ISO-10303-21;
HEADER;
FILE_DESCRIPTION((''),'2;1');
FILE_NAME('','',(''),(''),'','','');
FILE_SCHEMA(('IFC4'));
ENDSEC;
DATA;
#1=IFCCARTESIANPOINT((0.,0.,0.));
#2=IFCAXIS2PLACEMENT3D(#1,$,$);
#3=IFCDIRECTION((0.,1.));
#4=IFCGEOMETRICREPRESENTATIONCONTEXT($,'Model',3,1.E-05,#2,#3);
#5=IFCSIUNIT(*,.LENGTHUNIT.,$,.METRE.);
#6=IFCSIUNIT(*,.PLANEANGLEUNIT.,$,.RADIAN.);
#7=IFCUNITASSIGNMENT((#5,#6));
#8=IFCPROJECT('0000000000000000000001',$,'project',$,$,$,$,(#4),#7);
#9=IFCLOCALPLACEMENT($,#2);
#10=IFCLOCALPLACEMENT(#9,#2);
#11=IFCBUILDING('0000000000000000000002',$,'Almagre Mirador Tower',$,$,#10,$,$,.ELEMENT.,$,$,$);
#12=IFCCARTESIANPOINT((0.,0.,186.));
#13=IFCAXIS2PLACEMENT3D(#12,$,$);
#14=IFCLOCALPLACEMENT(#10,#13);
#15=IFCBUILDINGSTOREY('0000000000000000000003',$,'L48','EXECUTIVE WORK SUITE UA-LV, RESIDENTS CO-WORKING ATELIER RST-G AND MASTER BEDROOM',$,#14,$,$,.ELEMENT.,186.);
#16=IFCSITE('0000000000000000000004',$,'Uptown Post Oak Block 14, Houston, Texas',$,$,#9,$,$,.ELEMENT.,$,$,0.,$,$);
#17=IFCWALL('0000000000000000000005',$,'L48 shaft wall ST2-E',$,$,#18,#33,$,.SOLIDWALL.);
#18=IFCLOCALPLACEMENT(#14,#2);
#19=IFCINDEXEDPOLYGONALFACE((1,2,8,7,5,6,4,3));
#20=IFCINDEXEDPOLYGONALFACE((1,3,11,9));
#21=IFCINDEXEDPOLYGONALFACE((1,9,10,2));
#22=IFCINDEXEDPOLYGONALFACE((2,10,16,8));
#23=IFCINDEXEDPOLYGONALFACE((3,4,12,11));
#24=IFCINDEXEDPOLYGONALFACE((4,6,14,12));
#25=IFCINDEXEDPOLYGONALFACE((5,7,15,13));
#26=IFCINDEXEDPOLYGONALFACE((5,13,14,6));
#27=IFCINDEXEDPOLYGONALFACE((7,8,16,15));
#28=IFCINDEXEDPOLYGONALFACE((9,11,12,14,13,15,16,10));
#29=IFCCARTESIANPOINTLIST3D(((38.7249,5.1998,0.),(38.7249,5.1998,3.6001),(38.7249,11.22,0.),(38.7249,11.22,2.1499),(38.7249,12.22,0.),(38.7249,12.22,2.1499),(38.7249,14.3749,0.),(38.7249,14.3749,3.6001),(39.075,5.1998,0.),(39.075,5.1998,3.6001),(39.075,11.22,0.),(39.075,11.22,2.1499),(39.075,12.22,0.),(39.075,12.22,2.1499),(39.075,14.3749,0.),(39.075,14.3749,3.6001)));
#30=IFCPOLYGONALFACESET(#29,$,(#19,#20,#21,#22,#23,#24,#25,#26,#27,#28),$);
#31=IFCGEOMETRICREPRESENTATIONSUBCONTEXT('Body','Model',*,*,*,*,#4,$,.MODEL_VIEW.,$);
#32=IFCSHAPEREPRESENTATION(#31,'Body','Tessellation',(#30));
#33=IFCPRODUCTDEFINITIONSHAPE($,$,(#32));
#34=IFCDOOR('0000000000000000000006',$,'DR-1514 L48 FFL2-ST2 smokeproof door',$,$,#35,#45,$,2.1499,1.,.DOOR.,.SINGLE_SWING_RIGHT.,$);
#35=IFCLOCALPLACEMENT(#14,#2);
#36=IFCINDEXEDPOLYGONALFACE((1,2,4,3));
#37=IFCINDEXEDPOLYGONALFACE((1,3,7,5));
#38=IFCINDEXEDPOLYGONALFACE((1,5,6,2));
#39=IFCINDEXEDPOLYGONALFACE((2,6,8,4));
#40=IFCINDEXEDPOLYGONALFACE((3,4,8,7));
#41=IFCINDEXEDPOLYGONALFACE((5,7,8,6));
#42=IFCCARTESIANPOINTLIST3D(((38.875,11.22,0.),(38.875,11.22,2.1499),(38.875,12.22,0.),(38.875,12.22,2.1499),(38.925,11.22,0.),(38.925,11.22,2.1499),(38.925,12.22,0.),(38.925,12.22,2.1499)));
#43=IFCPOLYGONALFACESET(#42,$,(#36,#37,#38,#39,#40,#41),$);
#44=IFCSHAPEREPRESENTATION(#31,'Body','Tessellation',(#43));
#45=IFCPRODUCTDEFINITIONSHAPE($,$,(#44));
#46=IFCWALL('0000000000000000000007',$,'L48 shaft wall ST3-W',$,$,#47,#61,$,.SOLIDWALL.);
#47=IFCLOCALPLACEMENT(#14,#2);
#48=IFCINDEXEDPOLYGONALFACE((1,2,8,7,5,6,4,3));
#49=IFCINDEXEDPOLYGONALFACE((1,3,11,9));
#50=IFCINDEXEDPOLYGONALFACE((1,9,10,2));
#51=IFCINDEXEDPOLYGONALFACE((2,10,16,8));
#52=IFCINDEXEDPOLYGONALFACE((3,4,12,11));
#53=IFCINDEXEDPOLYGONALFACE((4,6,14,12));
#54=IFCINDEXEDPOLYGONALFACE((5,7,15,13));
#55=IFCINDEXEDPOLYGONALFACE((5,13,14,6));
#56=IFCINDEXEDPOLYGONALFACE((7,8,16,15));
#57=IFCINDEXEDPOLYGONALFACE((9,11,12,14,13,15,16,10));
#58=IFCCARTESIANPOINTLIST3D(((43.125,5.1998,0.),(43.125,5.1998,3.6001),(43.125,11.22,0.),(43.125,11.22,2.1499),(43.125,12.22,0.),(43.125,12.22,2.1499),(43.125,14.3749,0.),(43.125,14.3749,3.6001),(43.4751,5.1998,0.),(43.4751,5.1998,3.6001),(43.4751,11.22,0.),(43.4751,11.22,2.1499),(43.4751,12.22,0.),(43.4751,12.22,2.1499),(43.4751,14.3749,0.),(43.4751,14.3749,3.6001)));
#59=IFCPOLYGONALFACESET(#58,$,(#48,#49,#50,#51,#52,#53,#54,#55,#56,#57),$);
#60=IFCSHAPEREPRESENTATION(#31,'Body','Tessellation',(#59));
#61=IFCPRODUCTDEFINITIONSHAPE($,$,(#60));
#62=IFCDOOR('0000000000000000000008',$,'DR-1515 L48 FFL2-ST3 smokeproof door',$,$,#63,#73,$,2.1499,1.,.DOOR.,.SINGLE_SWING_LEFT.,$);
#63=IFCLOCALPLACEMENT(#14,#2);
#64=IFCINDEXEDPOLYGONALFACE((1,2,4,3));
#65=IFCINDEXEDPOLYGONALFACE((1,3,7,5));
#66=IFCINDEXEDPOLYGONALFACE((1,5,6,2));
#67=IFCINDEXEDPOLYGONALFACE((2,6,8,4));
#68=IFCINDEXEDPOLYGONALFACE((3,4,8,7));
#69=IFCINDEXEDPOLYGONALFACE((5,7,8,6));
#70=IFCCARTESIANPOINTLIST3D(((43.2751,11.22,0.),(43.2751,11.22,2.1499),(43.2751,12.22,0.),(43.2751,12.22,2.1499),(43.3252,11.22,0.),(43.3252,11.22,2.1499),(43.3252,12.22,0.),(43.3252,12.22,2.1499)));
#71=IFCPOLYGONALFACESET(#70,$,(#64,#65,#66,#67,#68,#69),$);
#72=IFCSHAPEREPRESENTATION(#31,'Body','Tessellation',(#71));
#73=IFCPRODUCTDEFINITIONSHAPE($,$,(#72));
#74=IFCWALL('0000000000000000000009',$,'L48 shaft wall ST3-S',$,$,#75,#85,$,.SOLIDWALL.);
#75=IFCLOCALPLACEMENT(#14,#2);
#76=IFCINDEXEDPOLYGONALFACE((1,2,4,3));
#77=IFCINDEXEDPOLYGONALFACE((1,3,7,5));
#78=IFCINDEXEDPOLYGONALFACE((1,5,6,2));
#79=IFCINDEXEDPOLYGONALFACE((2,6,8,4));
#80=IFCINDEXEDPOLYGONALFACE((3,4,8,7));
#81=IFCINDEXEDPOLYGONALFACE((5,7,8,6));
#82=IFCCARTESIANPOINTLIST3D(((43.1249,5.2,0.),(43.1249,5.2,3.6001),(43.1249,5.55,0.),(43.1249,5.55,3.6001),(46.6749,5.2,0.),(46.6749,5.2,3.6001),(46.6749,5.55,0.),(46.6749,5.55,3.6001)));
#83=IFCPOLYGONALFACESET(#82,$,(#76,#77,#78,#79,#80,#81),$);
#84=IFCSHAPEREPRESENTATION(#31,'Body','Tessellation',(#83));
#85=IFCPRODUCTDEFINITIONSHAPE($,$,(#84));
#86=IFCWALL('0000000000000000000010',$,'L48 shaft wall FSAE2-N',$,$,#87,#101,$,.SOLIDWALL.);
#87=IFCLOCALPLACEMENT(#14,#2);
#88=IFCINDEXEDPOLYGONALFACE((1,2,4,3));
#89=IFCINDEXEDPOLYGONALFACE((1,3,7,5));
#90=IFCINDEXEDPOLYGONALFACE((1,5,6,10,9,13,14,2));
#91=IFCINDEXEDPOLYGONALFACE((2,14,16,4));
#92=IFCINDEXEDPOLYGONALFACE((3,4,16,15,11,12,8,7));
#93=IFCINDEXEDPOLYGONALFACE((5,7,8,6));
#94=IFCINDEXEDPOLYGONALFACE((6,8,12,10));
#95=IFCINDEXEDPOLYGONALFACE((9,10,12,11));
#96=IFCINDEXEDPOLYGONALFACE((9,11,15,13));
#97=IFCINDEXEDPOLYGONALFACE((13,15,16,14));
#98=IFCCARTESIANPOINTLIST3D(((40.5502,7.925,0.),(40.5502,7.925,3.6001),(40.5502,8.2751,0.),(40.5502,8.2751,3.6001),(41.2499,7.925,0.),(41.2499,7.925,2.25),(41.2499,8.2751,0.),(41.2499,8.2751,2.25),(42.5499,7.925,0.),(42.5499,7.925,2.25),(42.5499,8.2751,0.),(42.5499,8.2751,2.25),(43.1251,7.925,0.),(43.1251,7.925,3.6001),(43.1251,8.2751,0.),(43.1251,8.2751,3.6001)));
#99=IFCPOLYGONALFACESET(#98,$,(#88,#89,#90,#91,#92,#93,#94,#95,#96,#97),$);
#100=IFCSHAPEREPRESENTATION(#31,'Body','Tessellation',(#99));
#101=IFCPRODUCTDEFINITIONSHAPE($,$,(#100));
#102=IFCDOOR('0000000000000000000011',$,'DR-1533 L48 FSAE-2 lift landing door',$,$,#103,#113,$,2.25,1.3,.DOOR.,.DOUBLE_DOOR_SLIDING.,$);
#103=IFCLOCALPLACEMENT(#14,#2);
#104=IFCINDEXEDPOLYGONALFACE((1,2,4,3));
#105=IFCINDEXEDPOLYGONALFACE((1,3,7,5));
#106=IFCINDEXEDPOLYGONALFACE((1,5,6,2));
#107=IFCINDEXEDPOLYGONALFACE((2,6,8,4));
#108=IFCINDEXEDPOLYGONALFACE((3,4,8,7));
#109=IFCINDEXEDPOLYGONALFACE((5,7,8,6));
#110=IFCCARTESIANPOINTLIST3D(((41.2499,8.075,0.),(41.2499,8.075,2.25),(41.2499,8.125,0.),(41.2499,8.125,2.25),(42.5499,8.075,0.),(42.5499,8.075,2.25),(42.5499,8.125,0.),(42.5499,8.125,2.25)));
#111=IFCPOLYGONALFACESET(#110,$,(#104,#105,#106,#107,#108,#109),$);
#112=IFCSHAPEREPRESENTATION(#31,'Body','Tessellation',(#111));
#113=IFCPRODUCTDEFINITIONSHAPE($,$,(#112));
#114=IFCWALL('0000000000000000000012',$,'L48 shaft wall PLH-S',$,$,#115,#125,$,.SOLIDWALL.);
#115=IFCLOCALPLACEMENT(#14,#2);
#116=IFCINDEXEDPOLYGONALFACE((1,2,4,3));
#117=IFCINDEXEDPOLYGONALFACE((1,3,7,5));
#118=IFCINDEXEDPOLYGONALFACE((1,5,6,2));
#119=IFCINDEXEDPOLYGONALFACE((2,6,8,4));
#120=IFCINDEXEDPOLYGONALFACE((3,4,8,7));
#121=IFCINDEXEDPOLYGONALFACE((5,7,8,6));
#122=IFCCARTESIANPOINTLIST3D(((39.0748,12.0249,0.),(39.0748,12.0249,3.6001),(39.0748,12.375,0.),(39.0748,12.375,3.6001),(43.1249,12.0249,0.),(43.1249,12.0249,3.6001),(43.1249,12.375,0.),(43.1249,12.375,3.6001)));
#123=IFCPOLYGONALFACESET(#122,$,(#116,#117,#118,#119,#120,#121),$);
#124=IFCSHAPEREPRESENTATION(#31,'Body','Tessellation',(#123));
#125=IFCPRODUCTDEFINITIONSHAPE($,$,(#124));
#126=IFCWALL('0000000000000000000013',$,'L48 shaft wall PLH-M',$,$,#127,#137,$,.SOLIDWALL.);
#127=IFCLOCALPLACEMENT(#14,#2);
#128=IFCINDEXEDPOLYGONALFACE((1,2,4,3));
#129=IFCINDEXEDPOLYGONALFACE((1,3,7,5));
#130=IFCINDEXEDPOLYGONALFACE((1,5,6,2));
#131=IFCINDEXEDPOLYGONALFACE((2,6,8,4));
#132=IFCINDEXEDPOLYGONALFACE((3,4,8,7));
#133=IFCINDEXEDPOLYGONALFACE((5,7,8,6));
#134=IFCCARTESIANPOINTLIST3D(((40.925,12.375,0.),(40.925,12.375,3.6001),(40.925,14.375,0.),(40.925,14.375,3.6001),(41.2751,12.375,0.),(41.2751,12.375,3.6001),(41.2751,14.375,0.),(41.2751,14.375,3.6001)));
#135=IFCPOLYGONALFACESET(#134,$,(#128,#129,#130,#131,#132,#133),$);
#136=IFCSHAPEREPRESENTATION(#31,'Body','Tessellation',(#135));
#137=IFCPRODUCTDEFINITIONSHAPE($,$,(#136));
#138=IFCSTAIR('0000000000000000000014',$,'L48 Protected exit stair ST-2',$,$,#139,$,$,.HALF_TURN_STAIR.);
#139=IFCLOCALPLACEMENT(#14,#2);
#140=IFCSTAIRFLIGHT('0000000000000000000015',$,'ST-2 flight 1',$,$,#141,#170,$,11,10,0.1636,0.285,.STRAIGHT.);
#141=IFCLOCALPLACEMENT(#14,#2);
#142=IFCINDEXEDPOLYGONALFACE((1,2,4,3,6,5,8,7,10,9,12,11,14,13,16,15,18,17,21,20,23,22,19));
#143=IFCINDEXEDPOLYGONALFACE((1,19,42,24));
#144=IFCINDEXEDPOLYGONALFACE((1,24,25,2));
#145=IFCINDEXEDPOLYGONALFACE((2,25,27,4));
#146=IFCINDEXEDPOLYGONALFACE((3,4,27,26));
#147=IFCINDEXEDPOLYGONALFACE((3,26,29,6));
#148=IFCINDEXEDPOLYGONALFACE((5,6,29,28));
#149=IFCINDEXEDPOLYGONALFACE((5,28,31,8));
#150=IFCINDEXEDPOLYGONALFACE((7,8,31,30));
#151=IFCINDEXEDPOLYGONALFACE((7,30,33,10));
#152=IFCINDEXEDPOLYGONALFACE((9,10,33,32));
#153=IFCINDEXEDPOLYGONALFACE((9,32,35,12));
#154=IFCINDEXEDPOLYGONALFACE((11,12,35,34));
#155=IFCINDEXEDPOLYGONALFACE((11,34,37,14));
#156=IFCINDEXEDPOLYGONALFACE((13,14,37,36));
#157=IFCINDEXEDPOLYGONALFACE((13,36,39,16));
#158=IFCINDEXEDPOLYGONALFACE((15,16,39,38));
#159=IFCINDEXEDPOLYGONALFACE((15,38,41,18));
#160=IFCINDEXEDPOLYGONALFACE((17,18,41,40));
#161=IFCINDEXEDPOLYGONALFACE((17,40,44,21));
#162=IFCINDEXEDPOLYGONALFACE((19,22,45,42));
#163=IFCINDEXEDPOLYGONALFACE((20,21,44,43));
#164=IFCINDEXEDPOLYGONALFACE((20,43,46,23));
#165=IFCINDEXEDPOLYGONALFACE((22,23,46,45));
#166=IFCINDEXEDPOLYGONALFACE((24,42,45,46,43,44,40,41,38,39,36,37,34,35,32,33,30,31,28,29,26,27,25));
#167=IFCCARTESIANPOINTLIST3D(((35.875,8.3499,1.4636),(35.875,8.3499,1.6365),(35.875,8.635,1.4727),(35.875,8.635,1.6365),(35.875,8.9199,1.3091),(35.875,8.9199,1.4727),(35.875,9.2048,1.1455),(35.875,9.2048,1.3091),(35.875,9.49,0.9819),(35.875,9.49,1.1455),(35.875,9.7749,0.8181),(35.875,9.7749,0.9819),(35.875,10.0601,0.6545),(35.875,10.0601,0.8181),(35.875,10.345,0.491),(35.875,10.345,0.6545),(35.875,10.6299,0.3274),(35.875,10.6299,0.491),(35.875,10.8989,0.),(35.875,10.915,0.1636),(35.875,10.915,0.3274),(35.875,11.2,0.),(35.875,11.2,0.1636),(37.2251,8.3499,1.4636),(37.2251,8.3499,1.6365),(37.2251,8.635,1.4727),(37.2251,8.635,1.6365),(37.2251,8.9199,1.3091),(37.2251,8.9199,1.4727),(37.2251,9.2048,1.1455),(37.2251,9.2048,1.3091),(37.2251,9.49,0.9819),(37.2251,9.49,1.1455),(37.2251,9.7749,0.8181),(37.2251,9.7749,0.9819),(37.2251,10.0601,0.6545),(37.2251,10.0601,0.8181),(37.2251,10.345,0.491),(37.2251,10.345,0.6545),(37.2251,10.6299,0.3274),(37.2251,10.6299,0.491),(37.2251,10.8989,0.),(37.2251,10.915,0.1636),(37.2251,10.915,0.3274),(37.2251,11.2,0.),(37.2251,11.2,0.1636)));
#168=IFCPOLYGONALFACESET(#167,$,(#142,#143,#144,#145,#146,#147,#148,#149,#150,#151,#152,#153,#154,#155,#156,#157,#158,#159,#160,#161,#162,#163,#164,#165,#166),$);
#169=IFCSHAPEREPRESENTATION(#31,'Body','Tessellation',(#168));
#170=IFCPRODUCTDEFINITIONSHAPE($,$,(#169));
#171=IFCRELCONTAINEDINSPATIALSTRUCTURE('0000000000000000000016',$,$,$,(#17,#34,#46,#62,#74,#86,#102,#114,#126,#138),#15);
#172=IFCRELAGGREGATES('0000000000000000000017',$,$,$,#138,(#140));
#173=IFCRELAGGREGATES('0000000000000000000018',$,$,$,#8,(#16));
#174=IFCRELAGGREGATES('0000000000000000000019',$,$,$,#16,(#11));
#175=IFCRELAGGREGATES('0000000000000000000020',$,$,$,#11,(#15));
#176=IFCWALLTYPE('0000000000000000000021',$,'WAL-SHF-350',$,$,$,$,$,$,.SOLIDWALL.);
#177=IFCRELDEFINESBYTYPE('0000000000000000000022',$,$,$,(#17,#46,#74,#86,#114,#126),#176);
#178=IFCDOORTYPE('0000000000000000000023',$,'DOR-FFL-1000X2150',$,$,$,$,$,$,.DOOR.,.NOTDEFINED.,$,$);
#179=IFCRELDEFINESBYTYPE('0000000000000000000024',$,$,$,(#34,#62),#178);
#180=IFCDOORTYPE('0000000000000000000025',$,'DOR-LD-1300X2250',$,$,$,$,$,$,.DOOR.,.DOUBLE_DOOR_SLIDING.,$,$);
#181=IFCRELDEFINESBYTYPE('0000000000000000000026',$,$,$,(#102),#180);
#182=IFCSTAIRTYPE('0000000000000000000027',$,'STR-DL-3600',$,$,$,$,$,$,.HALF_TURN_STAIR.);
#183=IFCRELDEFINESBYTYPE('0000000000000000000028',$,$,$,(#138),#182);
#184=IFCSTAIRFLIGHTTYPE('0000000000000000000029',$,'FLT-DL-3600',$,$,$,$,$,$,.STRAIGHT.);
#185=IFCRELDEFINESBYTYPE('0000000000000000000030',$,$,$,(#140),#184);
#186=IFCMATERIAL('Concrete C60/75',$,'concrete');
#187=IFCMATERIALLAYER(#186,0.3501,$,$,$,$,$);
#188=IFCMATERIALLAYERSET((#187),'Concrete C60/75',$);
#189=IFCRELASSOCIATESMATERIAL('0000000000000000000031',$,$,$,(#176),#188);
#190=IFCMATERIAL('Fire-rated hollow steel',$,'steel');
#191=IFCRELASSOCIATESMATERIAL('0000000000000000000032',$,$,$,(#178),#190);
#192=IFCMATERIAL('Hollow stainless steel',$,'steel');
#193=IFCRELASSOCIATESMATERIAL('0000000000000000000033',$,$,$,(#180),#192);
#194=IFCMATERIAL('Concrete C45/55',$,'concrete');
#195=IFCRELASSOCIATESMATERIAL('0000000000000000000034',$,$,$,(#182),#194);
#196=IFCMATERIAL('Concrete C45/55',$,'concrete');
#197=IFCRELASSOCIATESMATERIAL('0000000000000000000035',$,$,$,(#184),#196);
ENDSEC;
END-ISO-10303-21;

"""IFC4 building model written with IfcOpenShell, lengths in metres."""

from ifc_helpers import new_model, si_unit, direction, frame, frame_2d, origin, place, context, subcontext, project, spatial, polyline, rectangle, outline, extrude, material, layer, layer_set, type_object, element, fill, aggregate, save


model = new_model("IFC4")

# Units and contexts
model_context = context("Model", 3, precision=1e-05, world=origin(), true_north=direction((0.0, 1.0)))
body_context = subcontext(model_context, "Body", "Model", "MODEL_VIEW")
ifc_project = project(units=[si_unit("LENGTHUNIT", "METRE"), si_unit("PLANEANGLEUNIT", "RADIAN")], contexts=[model_context])

# Site, building, storey
site_placement = place(None, origin())
site = spatial("IfcSite", under=ifc_project, at=site_placement, Name="Uptown Post Oak Block 14, Houston, Texas", CompositionType="ELEMENT", RefElevation=0.0)
building_placement = place(site_placement, origin())
building = spatial("IfcBuilding", under=site, at=building_placement, Name="Almagre Mirador Tower", CompositionType="ELEMENT")
storey_placement = place(building_placement, frame((0.0, 0.0, 186.0)))
storey = spatial("IfcBuildingStorey", under=building, at=storey_placement, Name="L48", Description="EXECUTIVE WORK SUITE UA-LV, RESIDENTS CO-WORKING ATELIER RST-G AND MASTER BEDROOM", CompositionType="ELEMENT", Elevation=186.0)

# Walls, openings, doors
ifc_material_1 = material(Name="Concrete C60/75", Category="concrete")
ifc_layer_1 = layer(ifc_material_1, 0.3501)
ifc_layer_set_1 = layer_set([ifc_layer_1], Name="Concrete C60/75")
wall_type_1 = type_object("IfcWallType", Name="WAL-SHF-350", PredefinedType="SOLIDWALL", material=ifc_layer_set_1)
wall_1_placement = place(storey_placement, frame((38.8999, 5.2, 0.0), z_axis=(0.0, 0.0, 1.0), x_axis=(0.0, 1.0, 0.0)))
wall_1 = element("IfcWall", 1, at=wall_1_placement, inside=storey, type_object=wall_type_1, Name="L48 shaft wall ST2-E", PredefinedType="SOLIDWALL", context=body_context, shape_type="SweptSolid", body=[
    extrude(rectangle(XDim=9.175, YDim=0.3501, at=frame_2d((4.5874, 0.0))), origin(), (0.0, 0.0, 1.0), 3.6001),
])
opening_1_placement = place(wall_1_placement, frame((6.02, 0.0, 0.0)))
opening_1 = element("IfcOpeningElement", 2, at=opening_1_placement, cuts=wall_1, PredefinedType="OPENING", context=body_context, shape_type="SweptSolid", body=[
    extrude(rectangle(XDim=1.0, YDim=2.1499, at=frame_2d((0.5, 1.075))), frame((0.0, 0.185, 0.0), z_axis=(0.0, -1.0, 0.0), x_axis=(1.0, 0.0, 0.0)), (0.0, 0.0, 1.0), 0.3701),
])
ifc_material_2 = material(Name="Fire-rated hollow steel", Category="steel")
door_type_1 = type_object("IfcDoorType", Name="DOR-FFL-1000X2150", OperationType="NOTDEFINED", PredefinedType="DOOR", material=ifc_material_2)
door_1_placement = place(opening_1_placement, origin())
door_1 = element("IfcDoor", 3, at=door_1_placement, inside=storey, type_object=door_type_1, Name="DR-1514 L48 FFL2-ST2 smokeproof door", OperationType="SINGLE_SWING_RIGHT", OverallHeight=2.1499, OverallWidth=1.0, PredefinedType="DOOR", context=body_context, shape_type="SweptSolid", body=[
    extrude(rectangle(XDim=1.0, YDim=2.1499, at=frame_2d((0.5, 1.075))), frame((0.0, 0.0249, 0.0), z_axis=(0.0, -1.0, 0.0), x_axis=(1.0, 0.0, 0.0)), (0.0, 0.0, 1.0), 0.05),
])
fill(opening_1, door_1)
wall_2_placement = place(storey_placement, frame((43.3, 5.2, 0.0), z_axis=(0.0, 0.0, 1.0), x_axis=(0.0, 1.0, 0.0)))
wall_2 = element("IfcWall", 4, at=wall_2_placement, inside=storey, type_object=wall_type_1, Name="L48 shaft wall ST3-W", PredefinedType="SOLIDWALL", context=body_context, shape_type="SweptSolid", body=[
    extrude(rectangle(XDim=9.175, YDim=0.3501, at=frame_2d((4.5874, 0.0))), origin(), (0.0, 0.0, 1.0), 3.6001),
])
opening_2_placement = place(wall_2_placement, frame((6.02, 0.0, 0.0)))
opening_2 = element("IfcOpeningElement", 5, at=opening_2_placement, cuts=wall_2, PredefinedType="OPENING", context=body_context, shape_type="SweptSolid", body=[
    extrude(rectangle(XDim=1.0, YDim=2.1499, at=frame_2d((0.5, 1.075))), frame((0.0, 0.185, 0.0), z_axis=(0.0, -1.0, 0.0), x_axis=(1.0, 0.0, 0.0)), (0.0, 0.0, 1.0), 0.3701),
])
door_2_placement = place(opening_2_placement, origin())
door_2 = element("IfcDoor", 6, at=door_2_placement, inside=storey, type_object=door_type_1, Name="DR-1515 L48 FFL2-ST3 smokeproof door", OperationType="SINGLE_SWING_LEFT", OverallHeight=2.1499, OverallWidth=1.0, PredefinedType="DOOR", context=body_context, shape_type="SweptSolid", body=[
    extrude(rectangle(XDim=1.0, YDim=2.1499, at=frame_2d((0.5, 1.075))), frame((0.0, 0.0249, 0.0), z_axis=(0.0, -1.0, 0.0), x_axis=(1.0, 0.0, 0.0)), (0.0, 0.0, 1.0), 0.05),
])
fill(opening_2, door_2)

# Wall
wall_3_placement = place(storey_placement, frame((43.125, 5.375, 0.0), z_axis=(0.0, 0.0, 1.0), x_axis=(1.0, 0.0, 0.0)))
element("IfcWall", 7, at=wall_3_placement, inside=storey, type_object=wall_type_1, Name="L48 shaft wall ST3-S", PredefinedType="SOLIDWALL", context=body_context, shape_type="SweptSolid", body=[
    extrude(rectangle(XDim=3.55, YDim=0.3501, at=frame_2d((1.7749, 0.0))), origin(), (0.0, 0.0, 1.0), 3.6001),
])

# Wall, opening, door
wall_4_placement = place(storey_placement, frame((40.55, 8.1001, 0.0), z_axis=(0.0, 0.0, 1.0), x_axis=(1.0, 0.0, 0.0)))
wall_4 = element("IfcWall", 8, at=wall_4_placement, inside=storey, type_object=wall_type_1, Name="L48 shaft wall FSAE2-N", PredefinedType="SOLIDWALL", context=body_context, shape_type="SweptSolid", body=[
    extrude(rectangle(XDim=2.575, YDim=0.3501, at=frame_2d((1.2876, 0.0))), origin(), (0.0, 0.0, 1.0), 3.6001),
])
opening_3_placement = place(wall_4_placement, frame((0.7, 0.0, 0.0)))
opening_3 = element("IfcOpeningElement", 9, at=opening_3_placement, cuts=wall_4, PredefinedType="OPENING", context=body_context, shape_type="SweptSolid", body=[
    extrude(rectangle(XDim=1.3, YDim=2.25, at=frame_2d((0.6499, 1.125))), frame((0.0, 0.185, 0.0), z_axis=(0.0, -1.0, 0.0), x_axis=(1.0, 0.0, 0.0)), (0.0, 0.0, 1.0), 0.3701),
])
ifc_material_3 = material(Name="Hollow stainless steel", Category="steel")
door_type_2 = type_object("IfcDoorType", Name="DOR-LD-1300X2250", OperationType="DOUBLE_DOOR_SLIDING", PredefinedType="DOOR", material=ifc_material_3)
door_3_placement = place(opening_3_placement, origin())
door_3 = element("IfcDoor", 10, at=door_3_placement, inside=storey, type_object=door_type_2, Name="DR-1533 L48 FSAE-2 lift landing door", OperationType="DOUBLE_DOOR_SLIDING", OverallHeight=2.25, OverallWidth=1.3, PredefinedType="DOOR", context=body_context, shape_type="SweptSolid", body=[
    extrude(rectangle(XDim=1.3, YDim=2.25, at=frame_2d((0.6499, 1.125))), frame((0.0, 0.0249, 0.0), z_axis=(0.0, -1.0, 0.0), x_axis=(1.0, 0.0, 0.0)), (0.0, 0.0, 1.0), 0.05),
])
fill(opening_3, door_3)

# Walls
wall_5_placement = place(storey_placement, frame((39.075, 12.2, 0.0), z_axis=(0.0, 0.0, 1.0), x_axis=(1.0, 0.0, 0.0)))
element("IfcWall", 11, at=wall_5_placement, inside=storey, type_object=wall_type_1, Name="L48 shaft wall PLH-S", PredefinedType="SOLIDWALL", context=body_context, shape_type="SweptSolid", body=[
    extrude(rectangle(XDim=4.05, YDim=0.3501, at=frame_2d((2.0249, 0.0))), origin(), (0.0, 0.0, 1.0), 3.6001),
])
wall_6_placement = place(storey_placement, frame((41.1001, 12.375, 0.0), z_axis=(0.0, 0.0, 1.0), x_axis=(0.0, 1.0, 0.0)))
element("IfcWall", 12, at=wall_6_placement, inside=storey, type_object=wall_type_1, Name="L48 shaft wall PLH-M", PredefinedType="SOLIDWALL", context=body_context, shape_type="SweptSolid", body=[
    extrude(rectangle(XDim=2.0, YDim=0.3501, at=frame_2d((1.0, 0.0))), origin(), (0.0, 0.0, 1.0), 3.6001),
])

# Stair, stair flight
ifc_material_4 = material(Name="Concrete C45/55", Category="concrete")
stair_type = type_object("IfcStairType", Name="STR-DL-3600", PredefinedType="HALF_TURN_STAIR", material=ifc_material_4)
stair_placement = place(storey_placement, origin())
stair = element("IfcStair", 13, at=stair_placement, inside=storey, type_object=stair_type, Name="L48 Protected exit stair ST-2", PredefinedType="HALF_TURN_STAIR")
ifc_material_5 = material(Name="Concrete C45/55", Category="concrete")
stair_flight_type = type_object("IfcStairFlightType", Name="FLT-DL-3600", PredefinedType="STRAIGHT", material=ifc_material_5)
stair_flight_1_placement = place(storey_placement, frame((36.55, 11.2, 0.0), z_axis=(0.0, 0.0, 1.0), x_axis=(0.0, -1.0, 0.0)))
stair_flight_1 = element("IfcStairFlight", 14, at=stair_flight_1_placement, type_object=stair_flight_type, Name="ST-2 flight 1", NumberOfRisers=11, NumberOfTreads=10, PredefinedType="STRAIGHT", RiserHeight=0.1636, TreadLength=0.285, context=body_context, shape_type="SweptSolid", body=[
    extrude(outline(polyline([(0.0, 0.0), (0.0, 0.1636), (0.2849, 0.1636), (0.2849, 0.3274), (0.5701, 0.3274), (0.5701, 0.491), (0.855, 0.491), (0.855, 0.6545), (1.1399, 0.6545), (1.1399, 0.8181), (1.425, 0.8181), (1.425, 0.9819), (1.71, 0.9819), (1.71, 1.1455), (1.9951, 1.1455), (1.9951, 1.3091), (2.28, 1.3091), (2.28, 1.4727), (2.5649, 1.4727), (2.5649, 1.6365), (2.8501, 1.6365), (2.8501, 1.8), (2.8501, 1.4636), (0.301, 0.0), (0.0, 0.0)])), frame((0.0, 0.675, 0.0), z_axis=(0.0, -1.0, 0.0), x_axis=(1.0, 0.0, 0.0)), (0.0, 0.0, 1.0), 1.3501),
])
aggregate(stair, [stair_flight_1])

save(model, "model.ifc")
